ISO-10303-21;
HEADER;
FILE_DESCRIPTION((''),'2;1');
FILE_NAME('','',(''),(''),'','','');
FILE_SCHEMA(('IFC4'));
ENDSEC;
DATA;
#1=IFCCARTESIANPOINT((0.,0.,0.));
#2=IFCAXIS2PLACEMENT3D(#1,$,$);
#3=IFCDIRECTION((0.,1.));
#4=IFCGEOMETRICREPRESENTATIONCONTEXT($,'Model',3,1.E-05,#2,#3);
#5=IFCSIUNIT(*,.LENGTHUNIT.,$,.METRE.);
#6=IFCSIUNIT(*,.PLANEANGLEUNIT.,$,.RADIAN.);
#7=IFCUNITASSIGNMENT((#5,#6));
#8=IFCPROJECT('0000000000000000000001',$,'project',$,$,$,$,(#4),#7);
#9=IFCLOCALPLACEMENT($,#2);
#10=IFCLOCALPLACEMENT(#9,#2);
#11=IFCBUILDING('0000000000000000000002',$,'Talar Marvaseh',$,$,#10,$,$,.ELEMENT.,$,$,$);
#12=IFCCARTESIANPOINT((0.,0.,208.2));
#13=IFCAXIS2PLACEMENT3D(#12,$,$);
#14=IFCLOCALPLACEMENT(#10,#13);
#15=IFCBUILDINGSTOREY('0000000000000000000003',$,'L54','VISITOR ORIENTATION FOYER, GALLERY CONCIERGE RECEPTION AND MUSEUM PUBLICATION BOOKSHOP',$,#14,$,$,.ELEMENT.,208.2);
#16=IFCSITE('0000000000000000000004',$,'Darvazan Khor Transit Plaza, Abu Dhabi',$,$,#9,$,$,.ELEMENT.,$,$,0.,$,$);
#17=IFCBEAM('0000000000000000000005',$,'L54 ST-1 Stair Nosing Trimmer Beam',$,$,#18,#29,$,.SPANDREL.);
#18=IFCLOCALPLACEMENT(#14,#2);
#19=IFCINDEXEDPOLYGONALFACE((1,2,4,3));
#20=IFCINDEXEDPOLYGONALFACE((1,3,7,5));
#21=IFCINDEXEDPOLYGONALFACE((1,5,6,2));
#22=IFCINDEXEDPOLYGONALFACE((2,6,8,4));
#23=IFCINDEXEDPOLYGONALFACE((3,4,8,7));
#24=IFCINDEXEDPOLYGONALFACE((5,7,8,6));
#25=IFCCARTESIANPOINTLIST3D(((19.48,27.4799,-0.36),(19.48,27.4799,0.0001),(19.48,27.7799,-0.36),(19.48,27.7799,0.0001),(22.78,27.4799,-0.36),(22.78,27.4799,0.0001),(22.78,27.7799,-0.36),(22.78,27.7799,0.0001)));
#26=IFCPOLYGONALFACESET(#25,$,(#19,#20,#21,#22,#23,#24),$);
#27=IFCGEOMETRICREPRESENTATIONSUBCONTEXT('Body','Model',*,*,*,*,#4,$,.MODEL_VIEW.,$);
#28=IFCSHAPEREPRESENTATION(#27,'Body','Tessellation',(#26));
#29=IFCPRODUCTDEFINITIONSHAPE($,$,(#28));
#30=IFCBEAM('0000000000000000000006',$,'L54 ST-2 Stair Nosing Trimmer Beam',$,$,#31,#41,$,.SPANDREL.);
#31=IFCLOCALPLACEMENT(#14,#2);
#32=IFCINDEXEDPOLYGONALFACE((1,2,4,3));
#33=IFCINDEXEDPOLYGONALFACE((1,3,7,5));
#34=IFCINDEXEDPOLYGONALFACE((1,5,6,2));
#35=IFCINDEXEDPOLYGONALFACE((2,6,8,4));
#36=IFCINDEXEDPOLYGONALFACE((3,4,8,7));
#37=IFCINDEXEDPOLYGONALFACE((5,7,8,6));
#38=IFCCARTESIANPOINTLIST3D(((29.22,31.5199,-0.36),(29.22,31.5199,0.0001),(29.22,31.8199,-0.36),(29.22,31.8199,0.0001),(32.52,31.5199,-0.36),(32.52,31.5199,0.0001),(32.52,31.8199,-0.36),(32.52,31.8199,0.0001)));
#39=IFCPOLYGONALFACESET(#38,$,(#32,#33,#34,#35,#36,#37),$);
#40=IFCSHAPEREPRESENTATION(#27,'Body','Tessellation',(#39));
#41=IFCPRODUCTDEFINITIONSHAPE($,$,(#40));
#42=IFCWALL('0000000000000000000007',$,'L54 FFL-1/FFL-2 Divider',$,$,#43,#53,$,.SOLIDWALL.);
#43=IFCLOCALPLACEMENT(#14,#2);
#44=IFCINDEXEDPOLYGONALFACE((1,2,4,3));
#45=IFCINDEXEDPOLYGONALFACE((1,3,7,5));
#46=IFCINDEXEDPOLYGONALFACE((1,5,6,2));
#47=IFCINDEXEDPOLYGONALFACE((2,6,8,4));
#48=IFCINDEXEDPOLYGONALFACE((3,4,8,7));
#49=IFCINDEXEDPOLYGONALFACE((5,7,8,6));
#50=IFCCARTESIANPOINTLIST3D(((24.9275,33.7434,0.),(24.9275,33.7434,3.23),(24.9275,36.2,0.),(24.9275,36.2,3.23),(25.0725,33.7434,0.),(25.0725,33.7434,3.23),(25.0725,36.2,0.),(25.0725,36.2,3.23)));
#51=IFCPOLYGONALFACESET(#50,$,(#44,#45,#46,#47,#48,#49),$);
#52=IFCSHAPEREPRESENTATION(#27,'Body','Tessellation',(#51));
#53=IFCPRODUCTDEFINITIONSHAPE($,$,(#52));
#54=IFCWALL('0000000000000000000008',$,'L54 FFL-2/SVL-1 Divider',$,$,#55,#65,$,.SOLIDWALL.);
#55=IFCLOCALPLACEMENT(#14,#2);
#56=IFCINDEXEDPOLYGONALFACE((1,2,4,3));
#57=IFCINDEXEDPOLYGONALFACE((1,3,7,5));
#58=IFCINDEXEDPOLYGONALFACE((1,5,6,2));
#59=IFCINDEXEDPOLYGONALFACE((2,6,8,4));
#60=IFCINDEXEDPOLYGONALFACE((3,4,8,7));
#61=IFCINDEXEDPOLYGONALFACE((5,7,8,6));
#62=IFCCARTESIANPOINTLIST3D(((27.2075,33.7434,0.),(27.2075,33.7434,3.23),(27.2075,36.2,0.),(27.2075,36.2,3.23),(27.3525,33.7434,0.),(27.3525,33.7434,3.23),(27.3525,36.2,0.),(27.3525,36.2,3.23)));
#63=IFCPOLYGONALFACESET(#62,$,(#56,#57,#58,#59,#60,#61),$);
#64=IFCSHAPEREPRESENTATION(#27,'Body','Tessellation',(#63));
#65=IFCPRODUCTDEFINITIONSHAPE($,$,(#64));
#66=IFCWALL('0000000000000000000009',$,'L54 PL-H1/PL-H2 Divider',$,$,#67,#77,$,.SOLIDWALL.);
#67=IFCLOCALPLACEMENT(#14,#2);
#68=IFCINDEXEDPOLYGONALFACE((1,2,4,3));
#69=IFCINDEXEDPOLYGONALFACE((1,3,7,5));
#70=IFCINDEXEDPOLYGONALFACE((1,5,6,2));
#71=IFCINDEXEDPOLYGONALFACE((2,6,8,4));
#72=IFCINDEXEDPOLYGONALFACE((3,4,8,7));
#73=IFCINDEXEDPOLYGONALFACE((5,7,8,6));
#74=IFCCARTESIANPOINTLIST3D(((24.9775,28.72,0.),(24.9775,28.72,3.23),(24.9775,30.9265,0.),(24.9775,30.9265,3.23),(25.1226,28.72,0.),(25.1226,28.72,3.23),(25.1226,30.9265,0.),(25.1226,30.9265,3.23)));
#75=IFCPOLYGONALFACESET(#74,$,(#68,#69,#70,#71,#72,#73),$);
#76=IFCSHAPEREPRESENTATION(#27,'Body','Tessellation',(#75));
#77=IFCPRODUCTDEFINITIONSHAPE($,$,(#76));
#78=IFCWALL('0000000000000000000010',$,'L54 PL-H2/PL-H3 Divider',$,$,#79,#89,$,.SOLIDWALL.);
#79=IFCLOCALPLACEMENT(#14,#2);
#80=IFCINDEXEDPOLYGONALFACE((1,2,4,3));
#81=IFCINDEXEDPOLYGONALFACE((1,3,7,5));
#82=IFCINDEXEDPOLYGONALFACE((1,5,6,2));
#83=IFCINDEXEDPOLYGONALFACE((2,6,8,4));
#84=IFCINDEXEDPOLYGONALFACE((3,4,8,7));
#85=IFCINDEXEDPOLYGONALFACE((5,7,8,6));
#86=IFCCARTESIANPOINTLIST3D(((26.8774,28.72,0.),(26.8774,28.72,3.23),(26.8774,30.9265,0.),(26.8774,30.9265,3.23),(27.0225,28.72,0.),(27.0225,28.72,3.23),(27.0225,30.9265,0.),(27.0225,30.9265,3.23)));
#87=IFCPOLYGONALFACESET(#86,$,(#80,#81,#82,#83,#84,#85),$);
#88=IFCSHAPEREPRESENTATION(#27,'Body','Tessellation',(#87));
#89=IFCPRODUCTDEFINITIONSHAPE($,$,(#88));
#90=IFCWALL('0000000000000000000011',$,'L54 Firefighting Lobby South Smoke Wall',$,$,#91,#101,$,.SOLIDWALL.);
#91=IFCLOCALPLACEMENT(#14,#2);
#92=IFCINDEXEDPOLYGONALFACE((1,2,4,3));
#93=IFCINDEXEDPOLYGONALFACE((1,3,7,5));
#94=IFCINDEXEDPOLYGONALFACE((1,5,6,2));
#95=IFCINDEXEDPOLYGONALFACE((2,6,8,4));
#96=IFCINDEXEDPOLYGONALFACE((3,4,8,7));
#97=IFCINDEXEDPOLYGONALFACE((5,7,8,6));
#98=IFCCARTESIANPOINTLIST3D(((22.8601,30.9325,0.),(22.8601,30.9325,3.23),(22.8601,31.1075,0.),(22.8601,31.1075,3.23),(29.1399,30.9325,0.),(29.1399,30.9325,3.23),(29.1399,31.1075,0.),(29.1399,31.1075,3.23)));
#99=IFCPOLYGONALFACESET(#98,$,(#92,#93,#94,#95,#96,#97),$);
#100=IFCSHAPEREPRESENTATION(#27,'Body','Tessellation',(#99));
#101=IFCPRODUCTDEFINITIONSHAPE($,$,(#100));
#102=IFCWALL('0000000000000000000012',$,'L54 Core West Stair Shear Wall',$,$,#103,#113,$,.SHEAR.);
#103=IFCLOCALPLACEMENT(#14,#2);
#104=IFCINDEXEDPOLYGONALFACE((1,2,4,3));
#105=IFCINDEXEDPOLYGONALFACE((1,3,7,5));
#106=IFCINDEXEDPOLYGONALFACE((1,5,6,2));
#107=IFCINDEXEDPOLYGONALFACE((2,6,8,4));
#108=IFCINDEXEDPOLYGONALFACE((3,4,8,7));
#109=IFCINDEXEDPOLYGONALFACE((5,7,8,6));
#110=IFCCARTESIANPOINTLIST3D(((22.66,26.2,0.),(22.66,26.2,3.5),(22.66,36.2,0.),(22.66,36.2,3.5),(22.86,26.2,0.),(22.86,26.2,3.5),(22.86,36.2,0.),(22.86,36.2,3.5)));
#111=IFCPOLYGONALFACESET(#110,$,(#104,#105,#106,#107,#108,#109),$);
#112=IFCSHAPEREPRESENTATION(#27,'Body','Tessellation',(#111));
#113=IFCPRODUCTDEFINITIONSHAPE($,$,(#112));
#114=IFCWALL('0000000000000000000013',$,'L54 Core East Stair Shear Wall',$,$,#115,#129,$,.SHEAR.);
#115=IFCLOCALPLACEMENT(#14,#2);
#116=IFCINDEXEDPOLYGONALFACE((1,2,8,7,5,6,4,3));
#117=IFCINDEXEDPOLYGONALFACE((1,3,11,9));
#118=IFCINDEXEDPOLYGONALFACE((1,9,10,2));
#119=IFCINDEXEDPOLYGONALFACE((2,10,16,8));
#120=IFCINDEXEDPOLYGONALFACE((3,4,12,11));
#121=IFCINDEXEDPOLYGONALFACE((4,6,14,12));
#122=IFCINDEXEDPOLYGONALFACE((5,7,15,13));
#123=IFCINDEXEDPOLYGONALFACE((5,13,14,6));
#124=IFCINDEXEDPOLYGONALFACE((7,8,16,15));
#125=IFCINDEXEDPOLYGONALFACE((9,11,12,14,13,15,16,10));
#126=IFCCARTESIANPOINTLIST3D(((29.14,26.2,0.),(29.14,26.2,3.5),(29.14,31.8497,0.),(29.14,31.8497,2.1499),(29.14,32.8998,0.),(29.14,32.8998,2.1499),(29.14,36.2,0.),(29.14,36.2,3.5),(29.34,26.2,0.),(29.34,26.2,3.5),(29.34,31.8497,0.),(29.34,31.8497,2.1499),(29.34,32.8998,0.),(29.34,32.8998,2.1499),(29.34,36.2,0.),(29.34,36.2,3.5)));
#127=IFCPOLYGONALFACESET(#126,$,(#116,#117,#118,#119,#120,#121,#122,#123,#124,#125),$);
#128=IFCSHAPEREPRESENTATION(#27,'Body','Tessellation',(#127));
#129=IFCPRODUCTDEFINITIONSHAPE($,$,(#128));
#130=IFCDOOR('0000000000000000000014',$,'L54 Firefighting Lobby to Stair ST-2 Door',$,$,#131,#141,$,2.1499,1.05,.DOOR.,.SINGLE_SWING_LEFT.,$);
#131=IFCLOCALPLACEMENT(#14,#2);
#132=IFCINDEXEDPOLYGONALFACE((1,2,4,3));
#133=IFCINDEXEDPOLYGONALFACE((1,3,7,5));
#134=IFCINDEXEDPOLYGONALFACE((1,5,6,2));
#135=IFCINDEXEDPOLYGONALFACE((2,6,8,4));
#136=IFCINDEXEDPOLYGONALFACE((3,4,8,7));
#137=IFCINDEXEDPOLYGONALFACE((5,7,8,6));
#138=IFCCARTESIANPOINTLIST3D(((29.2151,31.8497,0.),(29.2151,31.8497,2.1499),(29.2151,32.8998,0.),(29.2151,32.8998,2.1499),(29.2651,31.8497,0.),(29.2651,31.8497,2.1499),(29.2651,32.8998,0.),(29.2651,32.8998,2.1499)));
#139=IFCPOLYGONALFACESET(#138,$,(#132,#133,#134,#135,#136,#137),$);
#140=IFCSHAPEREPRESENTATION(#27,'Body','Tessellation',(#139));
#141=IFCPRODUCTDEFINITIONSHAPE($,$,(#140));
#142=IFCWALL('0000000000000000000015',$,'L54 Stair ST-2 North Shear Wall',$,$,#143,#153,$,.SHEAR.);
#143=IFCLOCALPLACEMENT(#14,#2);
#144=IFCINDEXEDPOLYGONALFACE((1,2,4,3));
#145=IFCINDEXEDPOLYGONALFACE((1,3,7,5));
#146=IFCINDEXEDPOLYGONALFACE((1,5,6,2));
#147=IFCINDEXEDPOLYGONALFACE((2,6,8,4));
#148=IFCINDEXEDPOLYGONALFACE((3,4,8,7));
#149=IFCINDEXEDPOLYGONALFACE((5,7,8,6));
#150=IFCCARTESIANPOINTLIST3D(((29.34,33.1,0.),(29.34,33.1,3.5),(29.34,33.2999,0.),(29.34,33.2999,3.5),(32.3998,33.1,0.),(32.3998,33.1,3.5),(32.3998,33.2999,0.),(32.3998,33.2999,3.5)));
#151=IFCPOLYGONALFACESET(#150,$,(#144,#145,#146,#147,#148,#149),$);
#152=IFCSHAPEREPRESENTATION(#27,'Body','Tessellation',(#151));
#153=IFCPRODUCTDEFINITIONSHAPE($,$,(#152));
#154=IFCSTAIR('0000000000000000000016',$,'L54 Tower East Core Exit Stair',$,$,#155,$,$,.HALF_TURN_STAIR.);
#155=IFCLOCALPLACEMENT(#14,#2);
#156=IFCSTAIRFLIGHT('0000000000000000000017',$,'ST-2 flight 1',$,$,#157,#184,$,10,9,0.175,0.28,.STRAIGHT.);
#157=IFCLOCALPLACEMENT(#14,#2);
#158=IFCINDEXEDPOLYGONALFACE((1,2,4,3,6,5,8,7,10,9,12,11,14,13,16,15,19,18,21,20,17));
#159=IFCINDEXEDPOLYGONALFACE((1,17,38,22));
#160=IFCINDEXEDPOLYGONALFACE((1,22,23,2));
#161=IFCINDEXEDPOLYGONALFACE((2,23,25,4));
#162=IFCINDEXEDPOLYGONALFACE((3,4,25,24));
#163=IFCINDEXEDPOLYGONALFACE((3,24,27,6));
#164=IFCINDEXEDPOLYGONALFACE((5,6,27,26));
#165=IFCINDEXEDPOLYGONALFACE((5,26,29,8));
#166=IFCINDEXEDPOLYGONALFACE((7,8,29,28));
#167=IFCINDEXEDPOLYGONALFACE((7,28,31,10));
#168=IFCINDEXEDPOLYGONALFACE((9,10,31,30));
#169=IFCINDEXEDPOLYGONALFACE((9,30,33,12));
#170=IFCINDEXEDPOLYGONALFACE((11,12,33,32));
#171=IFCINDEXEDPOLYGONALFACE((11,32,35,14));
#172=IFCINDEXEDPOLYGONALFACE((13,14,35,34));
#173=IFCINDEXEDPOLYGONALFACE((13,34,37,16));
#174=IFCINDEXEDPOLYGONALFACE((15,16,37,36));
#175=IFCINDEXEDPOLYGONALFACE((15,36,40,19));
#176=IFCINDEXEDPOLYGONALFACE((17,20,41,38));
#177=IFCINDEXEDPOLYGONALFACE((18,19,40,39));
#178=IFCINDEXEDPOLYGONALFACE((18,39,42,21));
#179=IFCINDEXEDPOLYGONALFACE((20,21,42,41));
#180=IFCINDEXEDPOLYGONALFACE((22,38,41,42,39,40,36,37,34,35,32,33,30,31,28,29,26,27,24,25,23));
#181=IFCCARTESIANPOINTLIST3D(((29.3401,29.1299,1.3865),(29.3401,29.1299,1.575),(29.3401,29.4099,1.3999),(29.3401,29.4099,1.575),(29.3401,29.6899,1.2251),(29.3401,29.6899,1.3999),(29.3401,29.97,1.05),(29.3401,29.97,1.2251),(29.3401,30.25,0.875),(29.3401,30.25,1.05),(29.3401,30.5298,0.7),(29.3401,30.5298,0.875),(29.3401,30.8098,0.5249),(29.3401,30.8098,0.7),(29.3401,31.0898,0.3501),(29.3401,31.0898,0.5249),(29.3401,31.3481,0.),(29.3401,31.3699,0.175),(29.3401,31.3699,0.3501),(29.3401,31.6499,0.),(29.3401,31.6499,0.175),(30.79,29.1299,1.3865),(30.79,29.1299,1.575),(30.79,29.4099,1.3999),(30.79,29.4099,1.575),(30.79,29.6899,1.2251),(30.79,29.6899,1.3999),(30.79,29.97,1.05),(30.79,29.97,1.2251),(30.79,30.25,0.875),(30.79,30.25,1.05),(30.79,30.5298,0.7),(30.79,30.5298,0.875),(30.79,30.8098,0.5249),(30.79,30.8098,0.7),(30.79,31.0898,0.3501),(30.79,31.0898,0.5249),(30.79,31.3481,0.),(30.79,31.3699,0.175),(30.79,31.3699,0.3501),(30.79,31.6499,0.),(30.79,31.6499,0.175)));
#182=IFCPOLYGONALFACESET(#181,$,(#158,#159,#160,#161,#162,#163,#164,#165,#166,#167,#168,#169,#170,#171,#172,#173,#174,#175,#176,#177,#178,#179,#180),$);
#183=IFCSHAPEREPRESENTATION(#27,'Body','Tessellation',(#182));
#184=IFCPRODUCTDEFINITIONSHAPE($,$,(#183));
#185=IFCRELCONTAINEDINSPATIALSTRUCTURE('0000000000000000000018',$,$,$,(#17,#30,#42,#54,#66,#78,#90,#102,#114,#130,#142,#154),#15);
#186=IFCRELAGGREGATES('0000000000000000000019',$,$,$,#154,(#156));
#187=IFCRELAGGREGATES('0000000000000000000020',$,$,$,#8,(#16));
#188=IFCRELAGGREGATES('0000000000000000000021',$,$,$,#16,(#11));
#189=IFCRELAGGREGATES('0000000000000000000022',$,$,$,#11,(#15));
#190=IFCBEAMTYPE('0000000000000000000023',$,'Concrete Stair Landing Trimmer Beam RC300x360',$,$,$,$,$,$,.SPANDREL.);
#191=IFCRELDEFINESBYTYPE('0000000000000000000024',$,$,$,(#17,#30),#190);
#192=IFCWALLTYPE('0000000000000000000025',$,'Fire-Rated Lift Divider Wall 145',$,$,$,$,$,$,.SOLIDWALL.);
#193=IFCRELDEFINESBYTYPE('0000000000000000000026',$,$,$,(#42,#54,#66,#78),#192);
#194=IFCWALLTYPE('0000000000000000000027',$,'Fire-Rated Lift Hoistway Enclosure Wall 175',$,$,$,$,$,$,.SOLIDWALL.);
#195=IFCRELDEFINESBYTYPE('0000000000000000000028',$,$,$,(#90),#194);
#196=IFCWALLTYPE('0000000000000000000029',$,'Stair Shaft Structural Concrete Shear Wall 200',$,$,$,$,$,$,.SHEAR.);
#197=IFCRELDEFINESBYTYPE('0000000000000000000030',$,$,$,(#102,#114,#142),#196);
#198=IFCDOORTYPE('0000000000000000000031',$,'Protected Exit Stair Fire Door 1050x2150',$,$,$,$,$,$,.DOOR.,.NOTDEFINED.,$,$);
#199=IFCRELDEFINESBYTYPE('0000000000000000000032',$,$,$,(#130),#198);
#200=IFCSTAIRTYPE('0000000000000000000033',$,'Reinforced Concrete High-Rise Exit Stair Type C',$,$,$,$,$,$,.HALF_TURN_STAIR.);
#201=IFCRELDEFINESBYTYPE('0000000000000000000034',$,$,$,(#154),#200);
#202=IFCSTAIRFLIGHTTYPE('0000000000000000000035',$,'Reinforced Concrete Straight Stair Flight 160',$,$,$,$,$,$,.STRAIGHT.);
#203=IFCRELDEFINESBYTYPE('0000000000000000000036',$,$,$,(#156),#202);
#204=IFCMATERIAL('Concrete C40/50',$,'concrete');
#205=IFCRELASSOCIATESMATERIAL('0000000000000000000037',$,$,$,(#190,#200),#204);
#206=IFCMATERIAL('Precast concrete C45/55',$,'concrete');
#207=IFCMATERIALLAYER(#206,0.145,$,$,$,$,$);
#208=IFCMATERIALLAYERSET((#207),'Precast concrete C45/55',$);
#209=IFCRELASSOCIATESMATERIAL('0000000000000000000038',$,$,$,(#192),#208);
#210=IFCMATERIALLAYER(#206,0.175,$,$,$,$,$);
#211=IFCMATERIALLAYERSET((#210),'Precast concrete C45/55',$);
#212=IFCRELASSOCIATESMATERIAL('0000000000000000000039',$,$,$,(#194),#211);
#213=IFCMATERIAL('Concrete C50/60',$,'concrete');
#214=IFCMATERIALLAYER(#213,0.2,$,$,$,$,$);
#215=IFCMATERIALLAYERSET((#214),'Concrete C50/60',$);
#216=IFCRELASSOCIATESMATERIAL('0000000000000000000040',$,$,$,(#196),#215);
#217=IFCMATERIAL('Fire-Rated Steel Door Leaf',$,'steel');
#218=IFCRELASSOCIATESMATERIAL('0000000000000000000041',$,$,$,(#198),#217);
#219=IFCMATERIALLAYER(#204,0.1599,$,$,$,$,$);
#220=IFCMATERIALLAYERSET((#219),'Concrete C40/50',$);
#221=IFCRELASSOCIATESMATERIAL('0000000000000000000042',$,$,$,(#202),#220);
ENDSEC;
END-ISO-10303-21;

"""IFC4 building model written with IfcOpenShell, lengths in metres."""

from ifc_helpers import new_model, si_unit, direction, frame, frame_2d, origin, origin_2d, place, context, subcontext, project, spatial, polyline, rectangle, outline, extrude, source, transform, mapped, material, layer, layer_set, material_profile, profile_set, type_object, type_shapes, element, fill, aggregate, save


model = new_model("IFC4")

# Units and contexts
model_context = context("Model", 3, precision=1e-05, world=origin(), true_north=direction((0.0, 1.0)))
body_context = subcontext(model_context, "Body", "Model", "MODEL_VIEW")
ifc_project = project(units=[si_unit("LENGTHUNIT", "METRE"), si_unit("PLANEANGLEUNIT", "RADIAN")], contexts=[model_context])

# Site, building, storey
site_placement = place(None, origin())
site = spatial("IfcSite", under=ifc_project, at=site_placement, Name="Darvazan Khor Transit Plaza, Abu Dhabi", CompositionType="ELEMENT", RefElevation=0.0)
building_placement = place(site_placement, origin())
building = spatial("IfcBuilding", under=site, at=building_placement, Name="Talar Marvaseh", CompositionType="ELEMENT")
storey_placement = place(building_placement, frame((0.0, 0.0, 208.2)))
storey = spatial("IfcBuildingStorey", under=building, at=storey_placement, Name="L54", Description="VISITOR ORIENTATION FOYER, GALLERY CONCIERGE RECEPTION AND MUSEUM PUBLICATION BOOKSHOP", CompositionType="ELEMENT", Elevation=208.2)

# Beams
ifc_material_1 = material(Name="Concrete C40/50", Category="concrete")
ifc_material_profile = material_profile(ifc_material_1, rectangle(XDim=0.3, YDim=0.3601, at=origin_2d()), Name="RC300x360")
ifc_profile_set = profile_set([ifc_material_profile], Name="Concrete C40/50")
beam_type = type_object("IfcBeamType", Name="Concrete Stair Landing Trimmer Beam RC300x360", PredefinedType="SPANDREL", material=ifc_profile_set)
for number, where, z_axis, x_axis, name in (
    (1, (22.78, 27.6299, -0.1799), (-1.0, 0.0, 0.0), (0.0, -1.0, 0.0), "L54 ST-1 Stair Nosing Trimmer Beam"),
    (2, (29.22, 31.6699, -0.1799), (1.0, 0.0, 0.0), (0.0, 1.0, 0.0), "L54 ST-2 Stair Nosing Trimmer Beam"),
):
    element("IfcBeam", number, at=place(storey_placement, frame(where, z_axis=z_axis, x_axis=x_axis)), inside=storey, type_object=beam_type, Name=name, PredefinedType="SPANDREL", context=body_context, shape_type="SweptSolid", body=[
        extrude(rectangle(XDim=0.3, YDim=0.3601, at=origin_2d()), origin(), (0.0, 0.0, 1.0), 3.3),
    ])

# Walls
ifc_material_2 = material(Name="Precast concrete C45/55", Category="concrete")
ifc_layer_1 = layer(ifc_material_2, 0.145)
ifc_layer_set_1 = layer_set([ifc_layer_1], Name="Precast concrete C45/55")
wall_type_1 = type_object("IfcWallType", Name="Fire-Rated Lift Divider Wall 145", PredefinedType="SOLIDWALL", material=ifc_layer_set_1)
for number, where, z_axis, x_axis, name in (
    (3, (25.0, 33.7434, 0.0), (0.0, 0.0, 1.0), (0.0, 1.0, 0.0), "L54 FFL-1/FFL-2 Divider"),
    (4, (27.28, 33.7434, 0.0), (0.0, 0.0, 1.0), (0.0, 1.0, 0.0), "L54 FFL-2/SVL-1 Divider"),
):
    element("IfcWall", number, at=place(storey_placement, frame(where, z_axis=z_axis, x_axis=x_axis)), inside=storey, type_object=wall_type_1, Name=name, PredefinedType="SOLIDWALL", context=body_context, shape_type="SweptSolid", body=[
        extrude(rectangle(XDim=2.4565, YDim=0.145, at=frame_2d((1.2283, 0.0))), origin(), (0.0, 0.0, 1.0), 3.23),
    ])
for number, where, z_axis, x_axis, name in (
    (5, (25.05, 28.72, 0.0), (0.0, 0.0, 1.0), (0.0, 1.0, 0.0), "L54 PL-H1/PL-H2 Divider"),
    (6, (26.95, 28.72, 0.0), (0.0, 0.0, 1.0), (0.0, 1.0, 0.0), "L54 PL-H2/PL-H3 Divider"),
):
    element("IfcWall", number, at=place(storey_placement, frame(where, z_axis=z_axis, x_axis=x_axis)), inside=storey, type_object=wall_type_1, Name=name, PredefinedType="SOLIDWALL", context=body_context, shape_type="SweptSolid", body=[
        extrude(rectangle(XDim=2.2065, YDim=0.145, at=frame_2d((1.1033, 0.0))), origin(), (0.0, 0.0, 1.0), 3.23),
    ])

# Shared definitions
ifc_layer_2 = layer(ifc_material_2, 0.175)
ifc_layer_set_2 = layer_set([ifc_layer_2], Name="Precast concrete C45/55")
wall_type_2 = type_object("IfcWallType", Name="Fire-Rated Lift Hoistway Enclosure Wall 175", PredefinedType="SOLIDWALL", material=ifc_layer_set_2)

# Wall
wall_1_placement = place(storey_placement, frame((22.8601, 31.02, 0.0), z_axis=(0.0, 0.0, 1.0), x_axis=(1.0, 0.0, 0.0)))
element("IfcWall", 7, at=wall_1_placement, inside=storey, type_object=wall_type_2, Name="L54 Firefighting Lobby South Smoke Wall", PredefinedType="SOLIDWALL", context=body_context, shape_type="SweptSolid", body=[
    extrude(rectangle(XDim=6.2798, YDim=0.175, at=frame_2d((3.1399, 0.0))), origin(), (0.0, 0.0, 1.0), 3.23),
])

# Wall
ifc_material_3 = material(Name="Concrete C50/60", Category="concrete")
ifc_layer_3 = layer(ifc_material_3, 0.2)
ifc_layer_set_3 = layer_set([ifc_layer_3], Name="Concrete C50/60")
wall_type_3 = type_object("IfcWallType", Name="Stair Shaft Structural Concrete Shear Wall 200", PredefinedType="SHEAR", material=ifc_layer_set_3)
wall_2_placement = place(storey_placement, frame((22.76, 26.2, 0.0), z_axis=(0.0, 0.0, 1.0), x_axis=(0.0, 1.0, 0.0)))
element("IfcWall", 8, at=wall_2_placement, inside=storey, type_object=wall_type_3, Name="L54 Core West Stair Shear Wall", PredefinedType="SHEAR", context=body_context, shape_type="SweptSolid", body=[
    extrude(rectangle(XDim=10.0, YDim=0.2, at=frame_2d((5.0, 0.0))), origin(), (0.0, 0.0, 1.0), 3.5),
])

# Wall, opening, door
wall_3_placement = place(storey_placement, frame((29.24, 26.2, 0.0), z_axis=(0.0, 0.0, 1.0), x_axis=(0.0, 1.0, 0.0)))
wall_3 = element("IfcWall", 9, at=wall_3_placement, inside=storey, type_object=wall_type_3, Name="L54 Core East Stair Shear Wall", PredefinedType="SHEAR", context=body_context, shape_type="SweptSolid", body=[
    extrude(rectangle(XDim=10.0, YDim=0.2, at=frame_2d((5.0, 0.0))), origin(), (0.0, 0.0, 1.0), 3.5),
])
opening_1_placement = place(wall_3_placement, frame((5.6499, 0.0, 0.0)))
opening_1 = element("IfcOpeningElement", 10, at=opening_1_placement, cuts=wall_3, PredefinedType="OPENING", context=body_context, shape_type="SweptSolid", body=[
    extrude(rectangle(XDim=1.05, YDim=2.1499, at=frame_2d((0.5249, 1.075))), frame((0.0, 0.1099, 0.0), z_axis=(0.0, -1.0, 0.0), x_axis=(1.0, 0.0, 0.0)), (0.0, 0.0, 1.0), 0.22),
])
ifc_material_4 = material(Name="Fire-Rated Steel Door Leaf", Category="steel")
door_type_1 = type_object("IfcDoorType", Name="Protected Exit Stair Fire Door 1050x2150", OperationType="NOTDEFINED", PredefinedType="DOOR", material=ifc_material_4)
shared_shape_1 = source(origin(), body_context, "Body", "SweptSolid", [
    extrude(rectangle(XDim=1.05, YDim=2.1499, at=frame_2d((0.5249, 1.075))), frame((0.0, 0.0249, 0.0), z_axis=(0.0, -1.0, 0.0), x_axis=(1.0, 0.0, 0.0)), (0.0, 0.0, 1.0), 0.05),
])
type_shapes(door_type_1, [shared_shape_1])
door_1_placement = place(opening_1_placement, origin())
door_1 = element("IfcDoor", 11, at=door_1_placement, inside=storey, type_object=door_type_1, Name="L54 Firefighting Lobby to Stair ST-2 Door", OperationType="SINGLE_SWING_LEFT", OverallHeight=2.1499, OverallWidth=1.05, PredefinedType="DOOR", context=body_context, shape_type="MappedRepresentation", body=[
    mapped(shared_shape_1, transform((0.0, 0.0, 0.0), x_axis=(1.0, 0.0, 0.0), y_axis=(0.0, 1.0, 0.0), z_axis=(0.0, 0.0, 1.0), scale=1.0)),
])
fill(opening_1, door_1)

# Wall
wall_4_placement = place(storey_placement, frame((29.3401, 33.2, 0.0), z_axis=(0.0, 0.0, 1.0), x_axis=(1.0, 0.0, 0.0)))
element("IfcWall", 12, at=wall_4_placement, inside=storey, type_object=wall_type_3, Name="L54 Stair ST-2 North Shear Wall", PredefinedType="SHEAR", context=body_context, shape_type="SweptSolid", body=[
    extrude(rectangle(XDim=3.0598, YDim=0.2, at=frame_2d((1.5298, 0.0))), origin(), (0.0, 0.0, 1.0), 3.5),
])

# Stair, stair flight
stair_type = type_object("IfcStairType", Name="Reinforced Concrete High-Rise Exit Stair Type C", PredefinedType="HALF_TURN_STAIR", material=ifc_material_1)
stair_placement = place(storey_placement, origin())
stair = element("IfcStair", 13, at=stair_placement, inside=storey, type_object=stair_type, Name="L54 Tower East Core Exit Stair", PredefinedType="HALF_TURN_STAIR")
ifc_layer_4 = layer(ifc_material_1, 0.1599)
ifc_layer_set_4 = layer_set([ifc_layer_4], Name="Concrete C40/50")
stair_flight_type = type_object("IfcStairFlightType", Name="Reinforced Concrete Straight Stair Flight 160", PredefinedType="STRAIGHT", material=ifc_layer_set_4)
stair_flight_1_placement = place(storey_placement, frame((30.0649, 31.6499, 0.0), z_axis=(0.0, 0.0, 1.0), x_axis=(0.0, -1.0, 0.0)))
stair_flight_1 = element("IfcStairFlight", 14, at=stair_flight_1_placement, type_object=stair_flight_type, Name="ST-2 flight 1", NumberOfRisers=10, NumberOfTreads=9, PredefinedType="STRAIGHT", RiserHeight=0.175, TreadLength=0.28, context=body_context, shape_type="SweptSolid", body=[
    extrude(outline(polyline([(0.0, 0.0), (0.0, 0.175), (0.28, 0.175), (0.28, 0.3501), (0.5601, 0.3501), (0.5601, 0.5249), (0.8401, 0.5249), (0.8401, 0.7), (1.1201, 0.7), (1.1201, 0.875), (1.3999, 0.875), (1.3999, 1.05), (1.6799, 1.05), (1.6799, 1.2251), (1.96, 1.2251), (1.96, 1.3999), (2.24, 1.3999), (2.24, 1.575), (2.52, 1.575), (2.52, 1.75), (2.52, 1.3865), (0.3018, 0.0), (0.0, 0.0)])), frame((0.0, 0.7251, 0.0), z_axis=(0.0, -1.0, 0.0), x_axis=(1.0, 0.0, 0.0)), (0.0, 0.0, 1.0), 1.45),
])
aggregate(stair, [stair_flight_1])

save(model, "model.ifc")
